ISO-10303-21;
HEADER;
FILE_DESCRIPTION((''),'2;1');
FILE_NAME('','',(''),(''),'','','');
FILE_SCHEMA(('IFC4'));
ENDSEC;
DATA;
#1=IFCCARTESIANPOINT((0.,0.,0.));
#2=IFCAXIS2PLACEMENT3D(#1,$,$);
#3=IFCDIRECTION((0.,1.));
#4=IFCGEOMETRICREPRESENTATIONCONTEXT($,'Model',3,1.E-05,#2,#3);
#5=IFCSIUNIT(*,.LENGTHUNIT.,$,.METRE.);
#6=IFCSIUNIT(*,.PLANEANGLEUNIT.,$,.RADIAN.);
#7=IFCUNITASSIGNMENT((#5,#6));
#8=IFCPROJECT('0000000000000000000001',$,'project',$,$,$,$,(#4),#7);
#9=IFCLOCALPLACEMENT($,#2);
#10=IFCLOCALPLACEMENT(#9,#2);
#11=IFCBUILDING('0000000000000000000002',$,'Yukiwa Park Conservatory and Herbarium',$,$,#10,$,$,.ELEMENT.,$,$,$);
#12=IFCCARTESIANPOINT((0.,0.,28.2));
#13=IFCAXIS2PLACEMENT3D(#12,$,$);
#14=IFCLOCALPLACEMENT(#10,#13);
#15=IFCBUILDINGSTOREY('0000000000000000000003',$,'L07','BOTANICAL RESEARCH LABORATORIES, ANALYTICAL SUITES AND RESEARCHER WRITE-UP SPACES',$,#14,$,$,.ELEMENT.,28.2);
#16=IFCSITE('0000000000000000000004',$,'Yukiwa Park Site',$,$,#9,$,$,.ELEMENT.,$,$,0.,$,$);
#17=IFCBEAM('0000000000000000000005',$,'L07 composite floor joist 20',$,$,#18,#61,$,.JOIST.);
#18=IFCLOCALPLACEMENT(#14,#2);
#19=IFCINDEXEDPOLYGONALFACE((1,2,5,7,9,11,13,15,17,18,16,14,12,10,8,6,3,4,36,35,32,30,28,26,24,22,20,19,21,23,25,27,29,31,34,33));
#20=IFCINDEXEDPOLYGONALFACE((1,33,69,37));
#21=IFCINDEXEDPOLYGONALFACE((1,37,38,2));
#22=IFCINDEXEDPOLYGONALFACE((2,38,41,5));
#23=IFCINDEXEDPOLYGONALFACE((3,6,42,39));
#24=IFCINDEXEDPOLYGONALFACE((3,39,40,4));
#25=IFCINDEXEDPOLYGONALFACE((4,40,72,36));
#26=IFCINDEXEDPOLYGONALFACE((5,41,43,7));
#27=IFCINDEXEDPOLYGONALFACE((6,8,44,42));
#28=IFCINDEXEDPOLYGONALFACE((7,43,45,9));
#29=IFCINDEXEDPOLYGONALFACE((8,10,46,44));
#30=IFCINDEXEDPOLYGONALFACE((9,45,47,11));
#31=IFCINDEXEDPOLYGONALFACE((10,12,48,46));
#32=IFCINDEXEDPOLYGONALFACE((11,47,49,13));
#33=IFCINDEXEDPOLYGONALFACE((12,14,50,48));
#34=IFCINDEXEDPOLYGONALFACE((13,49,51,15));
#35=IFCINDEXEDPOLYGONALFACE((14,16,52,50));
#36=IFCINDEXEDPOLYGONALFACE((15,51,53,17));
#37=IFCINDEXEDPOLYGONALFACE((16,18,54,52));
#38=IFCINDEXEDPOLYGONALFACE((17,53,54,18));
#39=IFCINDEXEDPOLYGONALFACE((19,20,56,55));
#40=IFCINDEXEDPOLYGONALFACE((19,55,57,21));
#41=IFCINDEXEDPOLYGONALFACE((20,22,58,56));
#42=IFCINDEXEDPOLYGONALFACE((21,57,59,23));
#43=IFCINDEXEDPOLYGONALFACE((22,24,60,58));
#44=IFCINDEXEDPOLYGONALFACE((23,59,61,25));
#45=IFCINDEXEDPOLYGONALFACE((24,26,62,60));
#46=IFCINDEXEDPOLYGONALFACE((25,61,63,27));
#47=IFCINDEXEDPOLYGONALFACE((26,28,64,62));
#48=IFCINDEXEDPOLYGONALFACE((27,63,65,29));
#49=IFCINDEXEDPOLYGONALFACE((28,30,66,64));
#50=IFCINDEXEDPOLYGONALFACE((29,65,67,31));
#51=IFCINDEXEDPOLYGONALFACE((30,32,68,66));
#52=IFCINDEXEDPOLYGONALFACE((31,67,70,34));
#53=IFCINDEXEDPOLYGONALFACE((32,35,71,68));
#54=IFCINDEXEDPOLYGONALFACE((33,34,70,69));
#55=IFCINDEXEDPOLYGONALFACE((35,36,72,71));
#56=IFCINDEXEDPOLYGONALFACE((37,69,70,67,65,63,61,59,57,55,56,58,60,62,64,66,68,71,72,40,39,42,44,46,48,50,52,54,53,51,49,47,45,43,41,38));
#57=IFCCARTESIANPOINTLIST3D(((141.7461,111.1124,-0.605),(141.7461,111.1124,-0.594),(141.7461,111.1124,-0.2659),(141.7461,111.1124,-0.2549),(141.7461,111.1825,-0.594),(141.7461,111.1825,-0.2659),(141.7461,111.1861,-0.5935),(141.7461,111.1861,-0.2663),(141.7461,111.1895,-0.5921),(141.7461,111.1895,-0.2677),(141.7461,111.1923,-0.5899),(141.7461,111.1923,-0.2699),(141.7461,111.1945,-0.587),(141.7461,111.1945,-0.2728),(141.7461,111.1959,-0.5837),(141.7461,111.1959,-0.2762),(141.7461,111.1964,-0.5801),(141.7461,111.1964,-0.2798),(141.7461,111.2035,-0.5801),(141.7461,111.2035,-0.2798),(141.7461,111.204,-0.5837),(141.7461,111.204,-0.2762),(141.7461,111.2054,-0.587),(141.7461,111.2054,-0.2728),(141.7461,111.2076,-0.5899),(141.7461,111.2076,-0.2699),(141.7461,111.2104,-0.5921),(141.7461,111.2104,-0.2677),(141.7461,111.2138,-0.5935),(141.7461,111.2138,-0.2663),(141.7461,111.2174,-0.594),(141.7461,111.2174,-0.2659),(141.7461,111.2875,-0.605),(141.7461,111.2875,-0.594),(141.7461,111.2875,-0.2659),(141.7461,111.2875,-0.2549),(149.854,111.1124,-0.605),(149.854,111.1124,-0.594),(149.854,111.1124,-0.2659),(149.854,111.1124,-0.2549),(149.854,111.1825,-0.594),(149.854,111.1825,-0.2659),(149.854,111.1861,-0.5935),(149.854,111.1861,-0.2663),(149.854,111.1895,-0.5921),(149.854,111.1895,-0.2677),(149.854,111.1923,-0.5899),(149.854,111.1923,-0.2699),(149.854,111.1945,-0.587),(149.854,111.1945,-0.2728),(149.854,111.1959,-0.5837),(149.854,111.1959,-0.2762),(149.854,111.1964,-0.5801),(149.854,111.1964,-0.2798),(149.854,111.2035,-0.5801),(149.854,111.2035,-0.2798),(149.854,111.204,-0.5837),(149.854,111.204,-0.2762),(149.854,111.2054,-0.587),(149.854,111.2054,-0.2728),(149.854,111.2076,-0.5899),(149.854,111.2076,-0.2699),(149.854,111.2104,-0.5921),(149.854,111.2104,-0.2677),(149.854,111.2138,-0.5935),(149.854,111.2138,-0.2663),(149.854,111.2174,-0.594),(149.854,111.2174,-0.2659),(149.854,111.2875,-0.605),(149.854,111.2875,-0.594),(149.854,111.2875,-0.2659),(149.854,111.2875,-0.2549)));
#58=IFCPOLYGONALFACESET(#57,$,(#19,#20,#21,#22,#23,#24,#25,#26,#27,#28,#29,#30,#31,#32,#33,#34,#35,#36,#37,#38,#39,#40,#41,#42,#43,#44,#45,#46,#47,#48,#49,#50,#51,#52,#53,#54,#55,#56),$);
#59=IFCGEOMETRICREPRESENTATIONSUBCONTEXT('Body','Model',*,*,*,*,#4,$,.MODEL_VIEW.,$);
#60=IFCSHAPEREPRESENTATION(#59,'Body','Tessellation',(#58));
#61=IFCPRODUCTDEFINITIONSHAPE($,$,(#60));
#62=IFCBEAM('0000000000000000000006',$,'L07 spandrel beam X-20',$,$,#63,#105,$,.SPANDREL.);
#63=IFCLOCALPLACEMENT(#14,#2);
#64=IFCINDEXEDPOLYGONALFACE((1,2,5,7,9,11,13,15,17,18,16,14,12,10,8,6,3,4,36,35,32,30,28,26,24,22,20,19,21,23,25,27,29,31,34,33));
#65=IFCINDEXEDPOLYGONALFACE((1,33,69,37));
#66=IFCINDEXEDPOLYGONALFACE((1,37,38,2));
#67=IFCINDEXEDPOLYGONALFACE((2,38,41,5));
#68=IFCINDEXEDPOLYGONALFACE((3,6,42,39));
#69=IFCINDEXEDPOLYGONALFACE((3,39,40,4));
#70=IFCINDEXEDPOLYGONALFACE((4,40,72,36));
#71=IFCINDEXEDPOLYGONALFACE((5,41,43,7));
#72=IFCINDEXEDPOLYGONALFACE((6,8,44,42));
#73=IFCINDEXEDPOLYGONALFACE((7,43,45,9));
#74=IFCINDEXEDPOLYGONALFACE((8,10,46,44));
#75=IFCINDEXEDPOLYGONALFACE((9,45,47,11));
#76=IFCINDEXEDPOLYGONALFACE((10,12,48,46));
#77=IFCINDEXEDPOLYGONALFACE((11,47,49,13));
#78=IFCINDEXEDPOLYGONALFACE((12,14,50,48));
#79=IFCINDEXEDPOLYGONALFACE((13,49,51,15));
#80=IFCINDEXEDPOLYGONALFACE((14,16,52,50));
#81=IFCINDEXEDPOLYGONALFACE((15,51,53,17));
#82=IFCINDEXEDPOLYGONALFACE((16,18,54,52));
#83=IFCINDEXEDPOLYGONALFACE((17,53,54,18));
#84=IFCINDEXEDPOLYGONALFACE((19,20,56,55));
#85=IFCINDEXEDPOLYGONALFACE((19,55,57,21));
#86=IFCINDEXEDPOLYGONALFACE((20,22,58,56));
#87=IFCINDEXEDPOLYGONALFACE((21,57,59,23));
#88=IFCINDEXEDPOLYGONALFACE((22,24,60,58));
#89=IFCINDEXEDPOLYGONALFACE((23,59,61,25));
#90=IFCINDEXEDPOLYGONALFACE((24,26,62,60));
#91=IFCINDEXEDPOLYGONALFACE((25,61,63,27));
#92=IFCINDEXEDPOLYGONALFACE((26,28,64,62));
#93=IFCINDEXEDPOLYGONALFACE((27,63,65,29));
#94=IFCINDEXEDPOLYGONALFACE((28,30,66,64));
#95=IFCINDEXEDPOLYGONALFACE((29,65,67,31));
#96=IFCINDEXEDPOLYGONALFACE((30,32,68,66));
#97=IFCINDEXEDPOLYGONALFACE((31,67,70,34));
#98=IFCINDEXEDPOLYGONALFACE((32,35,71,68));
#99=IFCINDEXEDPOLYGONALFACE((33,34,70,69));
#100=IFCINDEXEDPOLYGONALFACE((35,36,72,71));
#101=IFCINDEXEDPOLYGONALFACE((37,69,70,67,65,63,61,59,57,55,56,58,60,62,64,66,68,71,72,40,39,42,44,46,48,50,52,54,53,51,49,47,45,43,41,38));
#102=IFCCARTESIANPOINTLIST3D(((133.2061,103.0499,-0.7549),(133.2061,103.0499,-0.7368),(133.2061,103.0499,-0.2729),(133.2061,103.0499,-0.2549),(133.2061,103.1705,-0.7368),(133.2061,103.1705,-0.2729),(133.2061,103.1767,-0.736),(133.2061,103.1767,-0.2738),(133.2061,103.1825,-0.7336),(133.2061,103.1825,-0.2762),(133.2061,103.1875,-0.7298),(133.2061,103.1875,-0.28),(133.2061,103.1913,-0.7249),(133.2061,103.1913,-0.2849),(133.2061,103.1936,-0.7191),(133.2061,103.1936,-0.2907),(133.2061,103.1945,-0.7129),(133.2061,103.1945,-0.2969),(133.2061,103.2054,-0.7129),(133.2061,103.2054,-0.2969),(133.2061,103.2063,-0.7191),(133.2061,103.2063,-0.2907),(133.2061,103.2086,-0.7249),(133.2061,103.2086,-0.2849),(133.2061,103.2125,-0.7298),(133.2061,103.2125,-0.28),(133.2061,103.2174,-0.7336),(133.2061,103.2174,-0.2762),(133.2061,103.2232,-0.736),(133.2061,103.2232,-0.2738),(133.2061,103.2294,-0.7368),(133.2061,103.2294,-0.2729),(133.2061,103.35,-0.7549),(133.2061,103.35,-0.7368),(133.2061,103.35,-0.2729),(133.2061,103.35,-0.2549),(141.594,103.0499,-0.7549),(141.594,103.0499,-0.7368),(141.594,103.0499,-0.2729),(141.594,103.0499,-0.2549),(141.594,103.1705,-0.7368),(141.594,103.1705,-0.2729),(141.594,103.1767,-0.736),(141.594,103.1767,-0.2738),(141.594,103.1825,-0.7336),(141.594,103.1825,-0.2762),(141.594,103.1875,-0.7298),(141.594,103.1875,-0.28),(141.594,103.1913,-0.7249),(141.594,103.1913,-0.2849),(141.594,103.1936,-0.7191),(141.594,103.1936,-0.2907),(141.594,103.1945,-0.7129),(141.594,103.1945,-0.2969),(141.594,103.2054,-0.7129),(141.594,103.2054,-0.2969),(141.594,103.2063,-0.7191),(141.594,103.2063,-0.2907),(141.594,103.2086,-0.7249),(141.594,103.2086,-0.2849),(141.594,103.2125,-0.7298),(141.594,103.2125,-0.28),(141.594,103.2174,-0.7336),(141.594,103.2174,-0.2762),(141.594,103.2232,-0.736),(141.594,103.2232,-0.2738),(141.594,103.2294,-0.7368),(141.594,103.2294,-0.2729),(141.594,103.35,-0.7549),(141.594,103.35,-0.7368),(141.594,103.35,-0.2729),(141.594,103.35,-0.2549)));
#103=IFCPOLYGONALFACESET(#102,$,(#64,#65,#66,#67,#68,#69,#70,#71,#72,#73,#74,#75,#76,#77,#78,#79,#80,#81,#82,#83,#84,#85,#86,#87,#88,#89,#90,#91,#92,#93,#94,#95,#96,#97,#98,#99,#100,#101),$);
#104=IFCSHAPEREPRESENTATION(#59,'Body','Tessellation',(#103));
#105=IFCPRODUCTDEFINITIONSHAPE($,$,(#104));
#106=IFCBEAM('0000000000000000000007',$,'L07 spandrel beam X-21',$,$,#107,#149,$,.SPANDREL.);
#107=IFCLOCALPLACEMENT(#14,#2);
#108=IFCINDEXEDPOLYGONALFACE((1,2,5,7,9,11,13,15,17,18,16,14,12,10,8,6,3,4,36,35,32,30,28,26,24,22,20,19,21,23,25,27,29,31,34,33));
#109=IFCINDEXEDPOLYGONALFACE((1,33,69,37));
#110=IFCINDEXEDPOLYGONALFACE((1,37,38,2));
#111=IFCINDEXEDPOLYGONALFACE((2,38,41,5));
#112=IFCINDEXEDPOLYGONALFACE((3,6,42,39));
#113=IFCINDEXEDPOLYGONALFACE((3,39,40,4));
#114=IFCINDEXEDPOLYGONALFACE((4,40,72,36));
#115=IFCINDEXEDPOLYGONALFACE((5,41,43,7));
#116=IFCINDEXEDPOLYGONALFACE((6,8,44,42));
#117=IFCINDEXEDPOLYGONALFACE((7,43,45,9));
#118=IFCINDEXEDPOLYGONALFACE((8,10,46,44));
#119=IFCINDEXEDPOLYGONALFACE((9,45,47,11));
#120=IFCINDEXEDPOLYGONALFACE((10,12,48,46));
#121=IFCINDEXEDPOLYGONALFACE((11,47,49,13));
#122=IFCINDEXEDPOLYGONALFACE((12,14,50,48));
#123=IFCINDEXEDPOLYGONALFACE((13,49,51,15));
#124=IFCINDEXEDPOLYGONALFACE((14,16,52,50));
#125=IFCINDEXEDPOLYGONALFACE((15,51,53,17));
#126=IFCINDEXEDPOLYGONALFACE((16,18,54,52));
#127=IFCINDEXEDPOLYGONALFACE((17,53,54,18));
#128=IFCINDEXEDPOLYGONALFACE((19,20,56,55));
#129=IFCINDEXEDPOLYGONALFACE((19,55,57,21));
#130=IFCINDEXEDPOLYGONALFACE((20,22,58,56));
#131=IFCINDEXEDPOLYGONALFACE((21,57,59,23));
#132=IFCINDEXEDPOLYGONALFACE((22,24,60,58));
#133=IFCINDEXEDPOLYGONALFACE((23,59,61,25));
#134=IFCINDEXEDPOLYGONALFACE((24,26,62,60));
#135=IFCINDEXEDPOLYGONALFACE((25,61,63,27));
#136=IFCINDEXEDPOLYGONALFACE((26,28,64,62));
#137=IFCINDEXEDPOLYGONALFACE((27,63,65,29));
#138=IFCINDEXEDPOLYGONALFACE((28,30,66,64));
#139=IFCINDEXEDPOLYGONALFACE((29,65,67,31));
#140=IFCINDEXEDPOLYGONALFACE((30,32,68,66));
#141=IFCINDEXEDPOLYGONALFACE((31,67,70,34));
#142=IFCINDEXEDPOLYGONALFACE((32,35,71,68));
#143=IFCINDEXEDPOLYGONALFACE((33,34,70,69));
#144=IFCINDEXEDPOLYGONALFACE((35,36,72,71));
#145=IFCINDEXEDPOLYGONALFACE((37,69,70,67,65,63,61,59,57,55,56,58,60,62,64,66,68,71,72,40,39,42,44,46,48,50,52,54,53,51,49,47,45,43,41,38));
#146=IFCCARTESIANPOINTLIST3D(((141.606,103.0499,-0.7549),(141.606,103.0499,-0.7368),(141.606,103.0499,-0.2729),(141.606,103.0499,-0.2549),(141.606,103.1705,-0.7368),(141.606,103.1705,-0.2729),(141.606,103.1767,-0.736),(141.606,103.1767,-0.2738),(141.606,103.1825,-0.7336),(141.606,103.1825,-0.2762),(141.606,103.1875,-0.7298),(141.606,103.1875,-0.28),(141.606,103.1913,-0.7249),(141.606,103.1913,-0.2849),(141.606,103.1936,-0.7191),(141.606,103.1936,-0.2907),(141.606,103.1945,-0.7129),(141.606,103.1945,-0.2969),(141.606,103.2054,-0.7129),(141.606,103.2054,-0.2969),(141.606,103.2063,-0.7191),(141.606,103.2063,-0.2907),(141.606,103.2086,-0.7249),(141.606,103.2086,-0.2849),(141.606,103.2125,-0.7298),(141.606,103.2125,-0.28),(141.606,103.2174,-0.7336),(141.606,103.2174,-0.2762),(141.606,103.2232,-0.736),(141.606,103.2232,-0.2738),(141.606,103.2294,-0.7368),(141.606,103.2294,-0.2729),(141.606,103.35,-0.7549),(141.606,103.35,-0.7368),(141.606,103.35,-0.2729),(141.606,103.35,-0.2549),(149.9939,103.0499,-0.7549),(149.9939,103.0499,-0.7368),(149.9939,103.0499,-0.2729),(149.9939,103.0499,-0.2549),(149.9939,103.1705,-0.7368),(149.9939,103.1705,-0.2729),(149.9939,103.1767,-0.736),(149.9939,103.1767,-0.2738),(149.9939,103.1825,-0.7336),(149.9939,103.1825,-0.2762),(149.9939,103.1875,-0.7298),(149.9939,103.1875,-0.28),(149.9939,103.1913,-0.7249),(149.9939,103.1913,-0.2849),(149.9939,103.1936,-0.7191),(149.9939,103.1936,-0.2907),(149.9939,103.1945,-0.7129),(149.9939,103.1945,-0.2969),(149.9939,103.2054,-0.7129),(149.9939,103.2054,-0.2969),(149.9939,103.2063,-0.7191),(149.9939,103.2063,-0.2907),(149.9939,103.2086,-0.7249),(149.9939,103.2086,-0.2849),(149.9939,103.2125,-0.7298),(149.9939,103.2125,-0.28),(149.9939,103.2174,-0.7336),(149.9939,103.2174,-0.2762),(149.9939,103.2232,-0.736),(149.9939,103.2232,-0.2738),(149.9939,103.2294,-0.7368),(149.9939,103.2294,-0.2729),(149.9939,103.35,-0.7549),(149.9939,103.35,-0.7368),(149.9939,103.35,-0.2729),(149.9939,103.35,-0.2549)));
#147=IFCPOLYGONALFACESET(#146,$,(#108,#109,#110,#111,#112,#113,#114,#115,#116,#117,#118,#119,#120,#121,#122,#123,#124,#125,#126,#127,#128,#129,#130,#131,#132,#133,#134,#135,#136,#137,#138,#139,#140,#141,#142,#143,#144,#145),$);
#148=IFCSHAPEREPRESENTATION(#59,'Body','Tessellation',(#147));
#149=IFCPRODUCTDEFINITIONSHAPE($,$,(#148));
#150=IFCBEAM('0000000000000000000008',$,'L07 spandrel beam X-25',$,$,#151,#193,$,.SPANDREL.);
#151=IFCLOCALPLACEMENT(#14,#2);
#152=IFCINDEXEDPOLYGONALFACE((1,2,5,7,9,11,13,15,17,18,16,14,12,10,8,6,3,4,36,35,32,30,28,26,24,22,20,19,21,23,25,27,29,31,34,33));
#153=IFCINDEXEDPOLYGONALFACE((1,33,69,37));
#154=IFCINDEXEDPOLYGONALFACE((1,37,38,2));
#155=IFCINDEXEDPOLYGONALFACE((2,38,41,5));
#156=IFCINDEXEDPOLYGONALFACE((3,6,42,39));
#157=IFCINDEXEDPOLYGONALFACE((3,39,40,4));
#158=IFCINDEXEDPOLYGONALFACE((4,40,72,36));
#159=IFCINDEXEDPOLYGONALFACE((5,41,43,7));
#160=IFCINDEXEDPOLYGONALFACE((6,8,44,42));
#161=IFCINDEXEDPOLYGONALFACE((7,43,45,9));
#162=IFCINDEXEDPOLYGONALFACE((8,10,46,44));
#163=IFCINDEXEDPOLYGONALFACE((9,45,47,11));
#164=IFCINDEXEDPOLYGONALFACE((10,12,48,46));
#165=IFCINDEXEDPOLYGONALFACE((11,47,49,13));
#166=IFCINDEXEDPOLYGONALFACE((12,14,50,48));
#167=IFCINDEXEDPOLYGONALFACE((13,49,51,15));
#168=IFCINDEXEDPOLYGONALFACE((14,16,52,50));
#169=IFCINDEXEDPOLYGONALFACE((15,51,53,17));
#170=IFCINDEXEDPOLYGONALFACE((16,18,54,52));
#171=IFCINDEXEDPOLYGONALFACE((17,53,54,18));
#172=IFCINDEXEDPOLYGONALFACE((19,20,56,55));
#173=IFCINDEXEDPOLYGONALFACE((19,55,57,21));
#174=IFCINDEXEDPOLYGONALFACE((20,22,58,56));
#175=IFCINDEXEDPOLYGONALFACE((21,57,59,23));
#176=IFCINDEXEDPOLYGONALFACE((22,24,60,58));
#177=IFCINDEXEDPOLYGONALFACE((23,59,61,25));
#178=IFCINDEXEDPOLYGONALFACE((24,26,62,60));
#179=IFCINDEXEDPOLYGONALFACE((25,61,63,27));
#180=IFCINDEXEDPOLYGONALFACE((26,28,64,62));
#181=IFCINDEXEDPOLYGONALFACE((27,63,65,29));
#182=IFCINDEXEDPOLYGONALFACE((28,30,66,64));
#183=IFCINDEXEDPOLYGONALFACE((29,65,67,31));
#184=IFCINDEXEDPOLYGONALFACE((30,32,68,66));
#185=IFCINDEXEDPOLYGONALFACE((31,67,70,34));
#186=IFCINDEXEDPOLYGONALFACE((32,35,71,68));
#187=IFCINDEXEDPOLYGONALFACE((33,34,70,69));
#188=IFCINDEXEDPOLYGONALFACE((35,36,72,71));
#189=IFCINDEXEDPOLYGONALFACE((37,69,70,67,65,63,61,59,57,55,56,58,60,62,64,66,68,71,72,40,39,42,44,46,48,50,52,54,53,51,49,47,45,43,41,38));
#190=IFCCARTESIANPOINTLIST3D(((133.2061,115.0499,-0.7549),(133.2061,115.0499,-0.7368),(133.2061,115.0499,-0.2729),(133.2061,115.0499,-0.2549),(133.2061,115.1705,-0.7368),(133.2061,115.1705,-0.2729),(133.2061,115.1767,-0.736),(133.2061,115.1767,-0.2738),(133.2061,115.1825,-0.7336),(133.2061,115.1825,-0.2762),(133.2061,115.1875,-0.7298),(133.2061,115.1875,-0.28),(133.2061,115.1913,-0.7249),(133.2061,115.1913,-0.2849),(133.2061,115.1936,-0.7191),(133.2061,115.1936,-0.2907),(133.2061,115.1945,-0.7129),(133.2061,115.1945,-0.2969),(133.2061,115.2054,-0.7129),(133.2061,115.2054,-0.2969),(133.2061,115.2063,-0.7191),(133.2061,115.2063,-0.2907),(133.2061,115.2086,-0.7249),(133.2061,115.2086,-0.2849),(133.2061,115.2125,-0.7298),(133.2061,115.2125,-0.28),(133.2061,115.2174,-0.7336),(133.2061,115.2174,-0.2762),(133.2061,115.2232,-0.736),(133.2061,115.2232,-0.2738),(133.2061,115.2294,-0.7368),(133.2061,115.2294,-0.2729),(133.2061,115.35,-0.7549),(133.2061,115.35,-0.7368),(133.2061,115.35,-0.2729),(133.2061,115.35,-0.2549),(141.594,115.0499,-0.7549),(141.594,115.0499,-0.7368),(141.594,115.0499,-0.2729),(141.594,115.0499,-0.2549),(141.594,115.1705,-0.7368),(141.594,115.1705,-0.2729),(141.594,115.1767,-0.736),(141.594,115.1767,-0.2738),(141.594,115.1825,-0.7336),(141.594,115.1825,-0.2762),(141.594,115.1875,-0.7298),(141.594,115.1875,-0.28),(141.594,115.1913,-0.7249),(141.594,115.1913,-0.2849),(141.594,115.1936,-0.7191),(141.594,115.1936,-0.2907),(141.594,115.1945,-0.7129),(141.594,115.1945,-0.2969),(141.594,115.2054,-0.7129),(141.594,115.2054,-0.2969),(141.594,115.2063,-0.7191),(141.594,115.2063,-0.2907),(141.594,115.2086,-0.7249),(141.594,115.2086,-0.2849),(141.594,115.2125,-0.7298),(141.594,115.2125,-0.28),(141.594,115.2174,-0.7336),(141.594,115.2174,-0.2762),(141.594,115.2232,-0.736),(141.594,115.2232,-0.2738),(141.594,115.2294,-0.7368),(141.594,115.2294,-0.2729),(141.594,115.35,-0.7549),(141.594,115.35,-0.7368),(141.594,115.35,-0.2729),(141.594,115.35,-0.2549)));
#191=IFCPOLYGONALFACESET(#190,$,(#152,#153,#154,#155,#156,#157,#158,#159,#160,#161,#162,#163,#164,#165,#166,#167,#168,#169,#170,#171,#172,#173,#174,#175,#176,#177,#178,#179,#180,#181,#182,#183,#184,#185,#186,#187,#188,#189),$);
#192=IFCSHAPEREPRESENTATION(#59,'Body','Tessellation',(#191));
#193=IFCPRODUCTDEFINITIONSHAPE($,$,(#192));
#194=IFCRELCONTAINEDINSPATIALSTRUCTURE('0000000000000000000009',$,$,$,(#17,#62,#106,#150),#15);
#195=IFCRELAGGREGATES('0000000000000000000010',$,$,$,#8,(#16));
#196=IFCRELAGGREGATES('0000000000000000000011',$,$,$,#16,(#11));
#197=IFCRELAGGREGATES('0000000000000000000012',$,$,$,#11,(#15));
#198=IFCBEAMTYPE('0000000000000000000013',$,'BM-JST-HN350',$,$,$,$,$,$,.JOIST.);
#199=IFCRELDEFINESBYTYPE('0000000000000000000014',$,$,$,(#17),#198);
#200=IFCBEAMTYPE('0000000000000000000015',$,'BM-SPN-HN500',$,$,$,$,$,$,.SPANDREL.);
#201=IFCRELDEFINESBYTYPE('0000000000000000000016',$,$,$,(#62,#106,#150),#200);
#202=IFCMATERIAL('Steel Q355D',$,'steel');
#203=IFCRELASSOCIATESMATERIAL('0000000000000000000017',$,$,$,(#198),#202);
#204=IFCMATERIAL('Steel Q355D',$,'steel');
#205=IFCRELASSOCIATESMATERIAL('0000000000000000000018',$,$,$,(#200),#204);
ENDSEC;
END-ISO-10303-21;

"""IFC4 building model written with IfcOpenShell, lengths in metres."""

from ifc_helpers import new_model, si_unit, direction, frame, origin, origin_2d, place, context, subcontext, project, spatial, i_section, extrude, material, material_profile, profile_set, type_object, element, save


model = new_model("IFC4")

# Units and contexts
model_context = context("Model", 3, precision=1e-05, world=origin(), true_north=direction((0.0, 1.0)))
body_context = subcontext(model_context, "Body", "Model", "MODEL_VIEW")
ifc_project = project(units=[si_unit("LENGTHUNIT", "METRE"), si_unit("PLANEANGLEUNIT", "RADIAN")], contexts=[model_context])

# Site, building, storey
site_placement = place(None, origin())
site = spatial("IfcSite", under=ifc_project, at=site_placement, Name="Yukiwa Park Site", CompositionType="ELEMENT", RefElevation=0.0)
building_placement = place(site_placement, origin())
building = spatial("IfcBuilding", under=site, at=building_placement, Name="Yukiwa Park Conservatory and Herbarium", CompositionType="ELEMENT")
storey_placement = place(building_placement, frame((0.0, 0.0, 28.2)))
storey = spatial("IfcBuildingStorey", under=building, at=storey_placement, Name="L07", Description="BOTANICAL RESEARCH LABORATORIES, ANALYTICAL SUITES AND RESEARCHER WRITE-UP SPACES", CompositionType="ELEMENT", Elevation=28.2)

# Beams
ifc_material_1 = material(Name="Steel Q355D", Category="steel")
ifc_material_profile_1 = material_profile(ifc_material_1, i_section(OverallWidth=0.175, OverallDepth=0.3501, WebThickness=0.0071, FlangeThickness=0.011, FilletRadius=0.0139, at=origin_2d()), Name="HN 350x175x7x11")
ifc_profile_set_1 = profile_set([ifc_material_profile_1], Name="Steel Q355D")
beam_type_1 = type_object("IfcBeamType", Name="BM-JST-HN350", PredefinedType="JOIST", material=ifc_profile_set_1)
for number, where, z_axis, x_axis, name in (
    (1, (141.7461, 111.2, -0.4299), (1.0, 0.0, 0.0), (0.0, 1.0, 0.0), "L07 composite floor joist 20"),
):
    element("IfcBeam", number, at=place(storey_placement, frame(where, z_axis=z_axis, x_axis=x_axis)), inside=storey, type_object=beam_type_1, Name=name, PredefinedType="JOIST", context=body_context, shape_type="SweptSolid", body=[
        extrude(i_section(OverallWidth=0.175, OverallDepth=0.3501, WebThickness=0.0071, FlangeThickness=0.011, FilletRadius=0.0139, at=origin_2d()), origin(), (0.0, 0.0, 1.0), 8.1079),
    ])
ifc_material_2 = material(Name="Steel Q355D", Category="steel")
ifc_material_profile_2 = material_profile(ifc_material_2, i_section(OverallWidth=0.3, OverallDepth=0.5, WebThickness=0.011, FlangeThickness=0.0181, FilletRadius=0.0239, at=origin_2d()), Name="HM 500x300x11x18")
ifc_profile_set_2 = profile_set([ifc_material_profile_2], Name="Steel Q355D")
beam_type_2 = type_object("IfcBeamType", Name="BM-SPN-HN500", PredefinedType="SPANDREL", material=ifc_profile_set_2)
for number, where, z_axis, x_axis, name in (
    (2, (133.2061, 103.2, -0.5049), (1.0, 0.0, 0.0), (0.0, 1.0, 0.0), "L07 spandrel beam X-20"),
    (3, (141.606, 103.2, -0.5049), (1.0, 0.0, 0.0), (0.0, 1.0, 0.0), "L07 spandrel beam X-21"),
    (4, (133.2061, 115.2, -0.5049), (1.0, 0.0, 0.0), (0.0, 1.0, 0.0), "L07 spandrel beam X-25"),
):
    element("IfcBeam", number, at=place(storey_placement, frame(where, z_axis=z_axis, x_axis=x_axis)), inside=storey, type_object=beam_type_2, Name=name, PredefinedType="SPANDREL", context=body_context, shape_type="SweptSolid", body=[
        extrude(i_section(OverallWidth=0.3, OverallDepth=0.5, WebThickness=0.011, FlangeThickness=0.0181, FilletRadius=0.0239, at=origin_2d()), origin(), (0.0, 0.0, 1.0), 8.3879),
    ])

save(model, "model.ifc")
